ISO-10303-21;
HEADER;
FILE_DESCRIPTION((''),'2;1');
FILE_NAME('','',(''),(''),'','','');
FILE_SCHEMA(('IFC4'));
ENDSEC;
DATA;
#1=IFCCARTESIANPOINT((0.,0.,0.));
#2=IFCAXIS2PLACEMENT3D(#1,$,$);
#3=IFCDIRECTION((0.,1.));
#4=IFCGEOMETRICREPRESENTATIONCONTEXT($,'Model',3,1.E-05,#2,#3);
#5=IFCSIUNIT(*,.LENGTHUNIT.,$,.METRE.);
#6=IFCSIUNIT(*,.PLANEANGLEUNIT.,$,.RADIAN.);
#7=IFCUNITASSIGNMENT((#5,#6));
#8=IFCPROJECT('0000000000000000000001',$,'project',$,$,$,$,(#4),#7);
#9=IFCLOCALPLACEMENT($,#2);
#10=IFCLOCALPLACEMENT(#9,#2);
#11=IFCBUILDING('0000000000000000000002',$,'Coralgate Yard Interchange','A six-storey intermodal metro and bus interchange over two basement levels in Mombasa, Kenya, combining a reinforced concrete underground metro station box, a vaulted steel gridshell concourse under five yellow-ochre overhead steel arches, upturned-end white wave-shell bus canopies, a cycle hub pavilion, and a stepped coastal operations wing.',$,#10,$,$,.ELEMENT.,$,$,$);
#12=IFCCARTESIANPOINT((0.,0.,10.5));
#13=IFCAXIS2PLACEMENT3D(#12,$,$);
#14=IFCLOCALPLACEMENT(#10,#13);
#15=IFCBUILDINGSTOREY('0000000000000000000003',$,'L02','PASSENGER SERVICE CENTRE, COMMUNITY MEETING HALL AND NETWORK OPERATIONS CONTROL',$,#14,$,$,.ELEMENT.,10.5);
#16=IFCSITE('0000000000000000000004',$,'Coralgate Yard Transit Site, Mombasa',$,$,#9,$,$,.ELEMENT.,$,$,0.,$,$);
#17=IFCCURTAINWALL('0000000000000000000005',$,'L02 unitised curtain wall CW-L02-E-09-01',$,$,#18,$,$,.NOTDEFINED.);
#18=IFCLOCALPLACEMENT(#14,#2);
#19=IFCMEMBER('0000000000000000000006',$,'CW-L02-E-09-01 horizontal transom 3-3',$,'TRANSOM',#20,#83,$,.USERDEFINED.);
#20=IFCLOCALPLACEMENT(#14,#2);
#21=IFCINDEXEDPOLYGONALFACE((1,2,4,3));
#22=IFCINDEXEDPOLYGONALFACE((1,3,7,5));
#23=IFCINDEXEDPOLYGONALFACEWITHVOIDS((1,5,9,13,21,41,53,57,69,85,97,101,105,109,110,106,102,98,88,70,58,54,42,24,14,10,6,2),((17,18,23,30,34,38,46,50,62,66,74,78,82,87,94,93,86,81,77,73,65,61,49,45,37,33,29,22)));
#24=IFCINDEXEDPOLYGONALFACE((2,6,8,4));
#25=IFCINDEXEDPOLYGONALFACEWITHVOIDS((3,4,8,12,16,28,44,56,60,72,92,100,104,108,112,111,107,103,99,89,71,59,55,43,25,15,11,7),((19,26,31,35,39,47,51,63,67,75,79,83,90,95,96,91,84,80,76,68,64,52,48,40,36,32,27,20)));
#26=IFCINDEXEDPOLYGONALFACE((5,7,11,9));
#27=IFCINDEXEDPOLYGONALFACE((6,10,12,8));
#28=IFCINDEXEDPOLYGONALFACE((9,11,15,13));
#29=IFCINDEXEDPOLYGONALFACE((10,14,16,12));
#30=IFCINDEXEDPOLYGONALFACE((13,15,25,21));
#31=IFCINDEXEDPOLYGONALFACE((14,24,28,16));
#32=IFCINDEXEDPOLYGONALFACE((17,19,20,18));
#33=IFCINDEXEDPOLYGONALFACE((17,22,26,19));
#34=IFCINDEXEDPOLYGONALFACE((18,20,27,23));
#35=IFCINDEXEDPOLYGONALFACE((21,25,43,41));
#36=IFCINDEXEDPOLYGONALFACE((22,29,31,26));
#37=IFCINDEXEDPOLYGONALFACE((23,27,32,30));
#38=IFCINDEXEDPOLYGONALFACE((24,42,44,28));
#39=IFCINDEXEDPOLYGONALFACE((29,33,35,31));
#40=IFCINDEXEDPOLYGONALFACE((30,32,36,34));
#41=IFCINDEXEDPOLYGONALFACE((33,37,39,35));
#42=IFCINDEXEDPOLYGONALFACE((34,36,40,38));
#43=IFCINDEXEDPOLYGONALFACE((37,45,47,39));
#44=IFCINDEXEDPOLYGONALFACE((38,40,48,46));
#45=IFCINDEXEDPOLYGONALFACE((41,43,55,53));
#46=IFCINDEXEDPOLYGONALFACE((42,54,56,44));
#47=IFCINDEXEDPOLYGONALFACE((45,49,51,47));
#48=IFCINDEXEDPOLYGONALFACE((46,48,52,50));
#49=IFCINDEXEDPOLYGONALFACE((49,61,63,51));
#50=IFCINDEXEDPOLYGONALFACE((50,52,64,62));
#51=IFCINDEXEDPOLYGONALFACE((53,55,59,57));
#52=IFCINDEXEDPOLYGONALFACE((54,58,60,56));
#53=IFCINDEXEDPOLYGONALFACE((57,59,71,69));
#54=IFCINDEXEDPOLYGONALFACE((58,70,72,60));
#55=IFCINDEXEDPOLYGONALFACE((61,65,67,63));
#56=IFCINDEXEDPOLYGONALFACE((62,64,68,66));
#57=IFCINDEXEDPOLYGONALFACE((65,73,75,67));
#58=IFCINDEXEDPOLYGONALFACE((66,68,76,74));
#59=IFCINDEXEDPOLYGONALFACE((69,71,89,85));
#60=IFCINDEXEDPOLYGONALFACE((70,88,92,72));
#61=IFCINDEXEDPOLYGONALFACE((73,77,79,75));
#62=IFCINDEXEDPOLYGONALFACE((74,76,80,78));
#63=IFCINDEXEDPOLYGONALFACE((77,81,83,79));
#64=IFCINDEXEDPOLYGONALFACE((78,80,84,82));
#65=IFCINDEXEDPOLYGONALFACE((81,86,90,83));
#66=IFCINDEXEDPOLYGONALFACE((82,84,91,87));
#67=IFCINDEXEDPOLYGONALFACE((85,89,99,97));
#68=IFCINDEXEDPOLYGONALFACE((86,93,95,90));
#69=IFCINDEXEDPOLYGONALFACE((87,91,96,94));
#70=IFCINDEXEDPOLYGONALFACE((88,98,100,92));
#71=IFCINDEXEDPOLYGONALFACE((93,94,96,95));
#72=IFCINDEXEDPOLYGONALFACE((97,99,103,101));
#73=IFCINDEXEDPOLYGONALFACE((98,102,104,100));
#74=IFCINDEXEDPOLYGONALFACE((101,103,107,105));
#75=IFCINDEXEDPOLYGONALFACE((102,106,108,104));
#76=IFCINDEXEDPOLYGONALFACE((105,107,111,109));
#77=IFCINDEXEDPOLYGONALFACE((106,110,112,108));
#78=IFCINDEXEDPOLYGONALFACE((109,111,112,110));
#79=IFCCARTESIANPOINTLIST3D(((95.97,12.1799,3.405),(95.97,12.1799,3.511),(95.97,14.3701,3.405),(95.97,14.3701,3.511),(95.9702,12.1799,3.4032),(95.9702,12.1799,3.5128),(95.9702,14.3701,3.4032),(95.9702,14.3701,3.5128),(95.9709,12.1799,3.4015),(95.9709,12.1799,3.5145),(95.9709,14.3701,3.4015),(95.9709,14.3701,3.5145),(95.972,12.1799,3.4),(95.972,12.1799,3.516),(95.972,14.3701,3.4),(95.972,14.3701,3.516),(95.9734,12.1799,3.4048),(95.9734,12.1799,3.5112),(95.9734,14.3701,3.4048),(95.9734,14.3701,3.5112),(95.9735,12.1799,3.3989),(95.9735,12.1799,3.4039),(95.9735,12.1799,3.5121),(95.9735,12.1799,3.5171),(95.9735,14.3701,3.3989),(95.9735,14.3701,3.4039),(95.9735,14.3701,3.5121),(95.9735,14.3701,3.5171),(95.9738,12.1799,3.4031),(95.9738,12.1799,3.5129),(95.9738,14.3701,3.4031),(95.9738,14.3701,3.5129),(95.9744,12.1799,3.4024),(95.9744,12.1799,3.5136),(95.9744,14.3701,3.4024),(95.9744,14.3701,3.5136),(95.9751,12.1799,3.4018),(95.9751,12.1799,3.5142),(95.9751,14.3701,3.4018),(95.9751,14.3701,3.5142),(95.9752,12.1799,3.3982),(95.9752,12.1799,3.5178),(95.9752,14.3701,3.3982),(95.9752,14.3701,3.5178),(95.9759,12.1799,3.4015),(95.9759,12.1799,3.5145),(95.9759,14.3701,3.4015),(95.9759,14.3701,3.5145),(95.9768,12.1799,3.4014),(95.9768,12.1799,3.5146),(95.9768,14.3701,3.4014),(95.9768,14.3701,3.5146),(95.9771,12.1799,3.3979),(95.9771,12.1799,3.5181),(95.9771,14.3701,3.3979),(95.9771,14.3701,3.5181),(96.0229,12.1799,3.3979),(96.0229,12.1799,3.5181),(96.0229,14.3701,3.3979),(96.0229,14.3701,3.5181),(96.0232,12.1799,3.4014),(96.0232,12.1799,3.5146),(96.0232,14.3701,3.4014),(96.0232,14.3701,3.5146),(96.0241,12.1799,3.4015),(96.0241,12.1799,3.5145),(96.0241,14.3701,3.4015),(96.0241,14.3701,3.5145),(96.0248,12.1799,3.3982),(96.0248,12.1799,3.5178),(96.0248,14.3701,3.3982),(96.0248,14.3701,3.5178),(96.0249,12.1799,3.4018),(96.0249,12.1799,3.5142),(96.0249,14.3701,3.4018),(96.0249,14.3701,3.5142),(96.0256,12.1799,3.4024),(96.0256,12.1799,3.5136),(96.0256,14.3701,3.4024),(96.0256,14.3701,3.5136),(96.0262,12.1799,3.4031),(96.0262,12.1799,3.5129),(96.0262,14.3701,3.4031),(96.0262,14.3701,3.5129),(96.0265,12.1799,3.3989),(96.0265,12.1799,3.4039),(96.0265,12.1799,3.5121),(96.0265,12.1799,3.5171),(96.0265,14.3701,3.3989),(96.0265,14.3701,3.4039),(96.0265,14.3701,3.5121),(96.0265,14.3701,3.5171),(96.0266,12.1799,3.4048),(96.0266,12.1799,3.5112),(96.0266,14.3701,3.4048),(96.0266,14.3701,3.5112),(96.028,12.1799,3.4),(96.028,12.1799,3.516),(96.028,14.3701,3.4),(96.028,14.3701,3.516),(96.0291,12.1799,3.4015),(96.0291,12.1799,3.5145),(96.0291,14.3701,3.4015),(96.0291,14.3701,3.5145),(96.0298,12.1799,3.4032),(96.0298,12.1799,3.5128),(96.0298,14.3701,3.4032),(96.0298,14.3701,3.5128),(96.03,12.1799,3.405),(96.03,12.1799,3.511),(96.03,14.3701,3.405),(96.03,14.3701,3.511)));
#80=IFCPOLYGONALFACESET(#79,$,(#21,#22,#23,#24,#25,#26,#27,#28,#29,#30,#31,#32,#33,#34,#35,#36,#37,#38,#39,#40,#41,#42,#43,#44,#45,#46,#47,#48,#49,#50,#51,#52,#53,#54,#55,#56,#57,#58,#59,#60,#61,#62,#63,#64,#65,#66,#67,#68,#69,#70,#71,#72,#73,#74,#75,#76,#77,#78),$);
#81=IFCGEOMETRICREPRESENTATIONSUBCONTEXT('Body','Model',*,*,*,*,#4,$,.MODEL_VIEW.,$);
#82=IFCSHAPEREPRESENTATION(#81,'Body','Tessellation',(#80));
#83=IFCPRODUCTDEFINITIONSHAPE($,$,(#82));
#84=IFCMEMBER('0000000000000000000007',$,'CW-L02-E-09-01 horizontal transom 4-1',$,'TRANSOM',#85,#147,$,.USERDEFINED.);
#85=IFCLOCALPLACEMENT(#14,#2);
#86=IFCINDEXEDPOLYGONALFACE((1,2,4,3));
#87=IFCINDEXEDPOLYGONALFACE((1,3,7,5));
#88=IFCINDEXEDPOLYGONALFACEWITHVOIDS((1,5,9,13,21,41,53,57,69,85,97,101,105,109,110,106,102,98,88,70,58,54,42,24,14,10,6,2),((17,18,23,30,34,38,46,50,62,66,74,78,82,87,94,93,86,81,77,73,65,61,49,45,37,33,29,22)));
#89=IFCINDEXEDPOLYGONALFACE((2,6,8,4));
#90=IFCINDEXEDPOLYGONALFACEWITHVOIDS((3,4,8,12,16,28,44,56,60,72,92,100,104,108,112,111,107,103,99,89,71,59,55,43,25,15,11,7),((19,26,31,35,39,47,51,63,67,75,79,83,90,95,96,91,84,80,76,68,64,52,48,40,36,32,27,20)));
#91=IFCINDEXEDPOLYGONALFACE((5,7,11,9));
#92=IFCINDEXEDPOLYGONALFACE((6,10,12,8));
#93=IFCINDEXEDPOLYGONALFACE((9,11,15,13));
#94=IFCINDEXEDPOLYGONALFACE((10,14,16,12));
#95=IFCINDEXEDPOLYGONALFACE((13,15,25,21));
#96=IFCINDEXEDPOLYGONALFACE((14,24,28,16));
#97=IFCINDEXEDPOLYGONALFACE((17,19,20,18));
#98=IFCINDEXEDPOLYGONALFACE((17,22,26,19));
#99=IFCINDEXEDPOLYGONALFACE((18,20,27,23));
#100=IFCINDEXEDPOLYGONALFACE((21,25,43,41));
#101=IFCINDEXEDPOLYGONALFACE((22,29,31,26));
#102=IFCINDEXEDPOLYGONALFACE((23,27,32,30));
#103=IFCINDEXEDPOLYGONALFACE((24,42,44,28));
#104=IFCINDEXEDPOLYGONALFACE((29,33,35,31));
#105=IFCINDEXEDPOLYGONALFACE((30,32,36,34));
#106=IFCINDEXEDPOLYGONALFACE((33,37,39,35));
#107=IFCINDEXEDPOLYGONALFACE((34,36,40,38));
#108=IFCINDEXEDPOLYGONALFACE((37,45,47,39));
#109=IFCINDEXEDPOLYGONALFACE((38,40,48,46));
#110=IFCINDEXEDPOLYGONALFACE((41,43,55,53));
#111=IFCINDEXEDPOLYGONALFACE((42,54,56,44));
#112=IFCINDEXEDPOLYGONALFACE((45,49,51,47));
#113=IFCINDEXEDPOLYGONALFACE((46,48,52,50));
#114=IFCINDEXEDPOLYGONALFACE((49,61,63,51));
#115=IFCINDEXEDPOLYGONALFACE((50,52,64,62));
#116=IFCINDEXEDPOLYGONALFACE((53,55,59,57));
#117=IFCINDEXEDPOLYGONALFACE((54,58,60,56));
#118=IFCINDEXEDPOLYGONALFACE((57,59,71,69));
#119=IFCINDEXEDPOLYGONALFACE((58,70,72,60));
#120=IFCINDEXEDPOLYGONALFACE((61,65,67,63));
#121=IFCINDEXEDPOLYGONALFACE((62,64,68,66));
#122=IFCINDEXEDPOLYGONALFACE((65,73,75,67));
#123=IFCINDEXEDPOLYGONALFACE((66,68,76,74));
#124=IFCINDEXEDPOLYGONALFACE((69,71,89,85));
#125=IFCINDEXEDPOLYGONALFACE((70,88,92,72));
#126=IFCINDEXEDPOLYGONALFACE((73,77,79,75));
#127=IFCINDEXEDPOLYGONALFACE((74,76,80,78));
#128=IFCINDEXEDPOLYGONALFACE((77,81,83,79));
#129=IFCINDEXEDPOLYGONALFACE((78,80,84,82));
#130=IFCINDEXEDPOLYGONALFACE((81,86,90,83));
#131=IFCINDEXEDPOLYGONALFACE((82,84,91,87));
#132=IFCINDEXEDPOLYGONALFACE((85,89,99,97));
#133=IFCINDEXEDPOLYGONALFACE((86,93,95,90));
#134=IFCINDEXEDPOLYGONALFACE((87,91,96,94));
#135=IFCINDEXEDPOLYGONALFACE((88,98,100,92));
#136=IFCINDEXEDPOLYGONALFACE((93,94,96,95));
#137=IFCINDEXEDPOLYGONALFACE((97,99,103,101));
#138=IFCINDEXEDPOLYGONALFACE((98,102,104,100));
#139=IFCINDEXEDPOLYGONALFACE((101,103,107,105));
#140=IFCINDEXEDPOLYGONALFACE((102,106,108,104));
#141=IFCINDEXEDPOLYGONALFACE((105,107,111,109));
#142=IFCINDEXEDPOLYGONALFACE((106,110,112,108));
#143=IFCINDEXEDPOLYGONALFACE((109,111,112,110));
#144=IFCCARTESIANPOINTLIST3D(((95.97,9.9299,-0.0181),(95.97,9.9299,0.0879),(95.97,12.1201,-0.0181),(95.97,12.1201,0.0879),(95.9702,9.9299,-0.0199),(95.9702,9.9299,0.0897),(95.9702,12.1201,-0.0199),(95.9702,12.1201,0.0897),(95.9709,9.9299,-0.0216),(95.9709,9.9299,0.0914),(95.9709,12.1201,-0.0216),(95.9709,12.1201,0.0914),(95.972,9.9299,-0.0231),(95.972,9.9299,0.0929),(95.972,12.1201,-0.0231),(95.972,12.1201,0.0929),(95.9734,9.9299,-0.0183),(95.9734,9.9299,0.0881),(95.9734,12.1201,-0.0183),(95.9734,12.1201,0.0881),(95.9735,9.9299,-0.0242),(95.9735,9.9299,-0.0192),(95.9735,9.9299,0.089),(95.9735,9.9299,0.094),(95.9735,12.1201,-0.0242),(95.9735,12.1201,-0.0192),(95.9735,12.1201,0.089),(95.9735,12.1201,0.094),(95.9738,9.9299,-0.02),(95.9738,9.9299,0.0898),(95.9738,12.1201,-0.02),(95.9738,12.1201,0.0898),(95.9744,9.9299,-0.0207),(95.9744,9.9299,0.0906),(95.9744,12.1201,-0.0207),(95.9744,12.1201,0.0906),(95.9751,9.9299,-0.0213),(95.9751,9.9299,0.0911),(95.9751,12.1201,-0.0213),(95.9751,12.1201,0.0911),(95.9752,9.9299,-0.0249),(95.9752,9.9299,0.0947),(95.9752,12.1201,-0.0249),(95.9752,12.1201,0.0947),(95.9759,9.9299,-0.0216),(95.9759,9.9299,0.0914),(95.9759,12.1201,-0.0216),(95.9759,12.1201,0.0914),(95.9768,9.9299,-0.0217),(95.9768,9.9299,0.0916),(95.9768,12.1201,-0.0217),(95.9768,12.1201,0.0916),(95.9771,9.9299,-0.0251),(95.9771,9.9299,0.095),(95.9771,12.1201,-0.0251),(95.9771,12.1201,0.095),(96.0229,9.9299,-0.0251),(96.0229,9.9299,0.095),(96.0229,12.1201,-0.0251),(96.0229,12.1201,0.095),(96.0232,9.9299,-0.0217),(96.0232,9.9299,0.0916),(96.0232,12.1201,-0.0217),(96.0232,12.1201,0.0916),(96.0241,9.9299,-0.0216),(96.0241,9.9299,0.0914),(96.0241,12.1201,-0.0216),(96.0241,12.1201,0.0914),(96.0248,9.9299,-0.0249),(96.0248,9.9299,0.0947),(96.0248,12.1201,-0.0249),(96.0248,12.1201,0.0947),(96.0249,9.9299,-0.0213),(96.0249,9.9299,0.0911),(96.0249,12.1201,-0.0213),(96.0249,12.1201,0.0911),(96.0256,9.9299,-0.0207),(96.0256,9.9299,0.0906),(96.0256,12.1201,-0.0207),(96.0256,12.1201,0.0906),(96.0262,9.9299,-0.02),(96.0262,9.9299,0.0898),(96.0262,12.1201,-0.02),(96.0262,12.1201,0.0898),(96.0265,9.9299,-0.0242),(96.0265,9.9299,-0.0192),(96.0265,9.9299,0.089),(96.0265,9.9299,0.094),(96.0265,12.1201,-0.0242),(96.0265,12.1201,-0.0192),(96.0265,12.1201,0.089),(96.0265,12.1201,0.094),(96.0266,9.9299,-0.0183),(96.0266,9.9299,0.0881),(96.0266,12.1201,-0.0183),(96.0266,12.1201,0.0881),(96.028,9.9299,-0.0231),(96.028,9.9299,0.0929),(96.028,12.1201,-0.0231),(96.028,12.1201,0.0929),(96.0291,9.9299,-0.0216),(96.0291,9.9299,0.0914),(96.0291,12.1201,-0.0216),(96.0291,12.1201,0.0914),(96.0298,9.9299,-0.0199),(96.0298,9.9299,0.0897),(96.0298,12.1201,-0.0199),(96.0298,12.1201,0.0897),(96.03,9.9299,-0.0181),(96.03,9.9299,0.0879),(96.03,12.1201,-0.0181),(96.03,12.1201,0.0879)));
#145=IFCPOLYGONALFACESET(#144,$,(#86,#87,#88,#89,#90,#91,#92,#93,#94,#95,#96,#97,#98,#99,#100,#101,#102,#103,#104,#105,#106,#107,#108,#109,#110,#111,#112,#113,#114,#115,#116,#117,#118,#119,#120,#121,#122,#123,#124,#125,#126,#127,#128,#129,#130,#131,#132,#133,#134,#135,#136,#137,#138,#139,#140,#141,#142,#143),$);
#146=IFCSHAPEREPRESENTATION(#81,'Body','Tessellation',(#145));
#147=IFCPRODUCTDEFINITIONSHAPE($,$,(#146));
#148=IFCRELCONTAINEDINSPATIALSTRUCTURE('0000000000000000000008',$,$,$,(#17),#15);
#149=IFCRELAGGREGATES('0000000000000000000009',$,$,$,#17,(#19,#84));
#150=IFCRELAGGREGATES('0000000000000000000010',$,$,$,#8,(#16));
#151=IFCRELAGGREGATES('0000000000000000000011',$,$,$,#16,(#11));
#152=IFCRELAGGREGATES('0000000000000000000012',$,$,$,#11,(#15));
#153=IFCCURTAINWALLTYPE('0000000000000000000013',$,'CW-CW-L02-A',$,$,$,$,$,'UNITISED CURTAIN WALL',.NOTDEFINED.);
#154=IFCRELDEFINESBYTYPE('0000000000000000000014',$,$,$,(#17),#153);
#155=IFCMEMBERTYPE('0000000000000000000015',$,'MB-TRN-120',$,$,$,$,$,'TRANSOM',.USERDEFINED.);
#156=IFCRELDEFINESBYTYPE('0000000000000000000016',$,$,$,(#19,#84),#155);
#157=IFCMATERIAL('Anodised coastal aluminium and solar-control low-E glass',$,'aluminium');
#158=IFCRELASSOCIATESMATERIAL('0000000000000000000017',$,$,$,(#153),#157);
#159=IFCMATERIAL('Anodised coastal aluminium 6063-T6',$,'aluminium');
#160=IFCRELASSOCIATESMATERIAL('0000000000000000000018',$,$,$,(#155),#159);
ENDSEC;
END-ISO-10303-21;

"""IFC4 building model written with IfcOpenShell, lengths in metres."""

from ifc_helpers import new_model, si_unit, direction, frame, origin, origin_2d, place, context, subcontext, project, spatial, hollow_rectangle, extrude, material, material_profile, profile_set, type_object, element, aggregate, save


model = new_model("IFC4")

# Units and contexts
model_context = context("Model", 3, precision=1e-05, world=origin(), true_north=direction((0.0, 1.0)))
body_context = subcontext(model_context, "Body", "Model", "MODEL_VIEW")
ifc_project = project(units=[si_unit("LENGTHUNIT", "METRE"), si_unit("PLANEANGLEUNIT", "RADIAN")], contexts=[model_context])

# Site, building, storey
site_placement = place(None, origin())
site = spatial("IfcSite", under=ifc_project, at=site_placement, Name="Coralgate Yard Transit Site, Mombasa", CompositionType="ELEMENT", RefElevation=0.0)
building_placement = place(site_placement, origin())
building = spatial("IfcBuilding", under=site, at=building_placement, Name="Coralgate Yard Interchange", Description="A six-storey intermodal metro and bus interchange over two basement levels in Mombasa, Kenya, combining a reinforced concrete underground metro station box, a vaulted steel gridshell concourse under five yellow-ochre overhead steel arches, upturned-end white wave-shell bus canopies, a cycle hub pavilion, and a stepped coastal operations wing.", CompositionType="ELEMENT")
storey_placement = place(building_placement, frame((0.0, 0.0, 10.5)))
storey = spatial("IfcBuildingStorey", under=building, at=storey_placement, Name="L02", Description="PASSENGER SERVICE CENTRE, COMMUNITY MEETING HALL AND NETWORK OPERATIONS CONTROL", CompositionType="ELEMENT", Elevation=10.5)

# Shared definitions
ifc_material_1 = material(Name="Anodised coastal aluminium and solar-control low-E glass", Category="aluminium")
curtain_wall_type = type_object("IfcCurtainWallType", Name="CW-CW-L02-A", ElementType="UNITISED CURTAIN WALL", PredefinedType="NOTDEFINED", material=ifc_material_1)
ifc_material_2 = material(Name="Anodised coastal aluminium 6063-T6", Category="aluminium")

# Curtain wall
curtain_wall_1_placement = place(storey_placement, origin())
curtain_wall_1 = element("IfcCurtainWall", 1, at=curtain_wall_1_placement, inside=storey, type_object=curtain_wall_type, Name="L02 unitised curtain wall CW-L02-E-09-01", PredefinedType="NOTDEFINED")

# Members
ifc_material_profile_1 = material_profile(ifc_material_2, hollow_rectangle(XDim=0.0601, YDim=0.1201, WallThickness=0.0034, InnerFilletRadius=0.0034, OuterFilletRadius=0.0071, at=origin_2d()), Name="ALU 60x120x3.5")
ifc_profile_set_1 = profile_set([ifc_material_profile_1], Name="Anodised coastal aluminium 6063-T6")
member_type_1 = type_object("IfcMemberType", Name="MB-TRN-120", ElementType="TRANSOM", PredefinedType="USERDEFINED", material=ifc_profile_set_1)
member_1_placement = place(storey_placement, frame((96.0, 14.3701, 3.458), z_axis=(0.0, -1.0, 0.0), x_axis=(1.0, 0.0, 0.0)))
member_1 = element("IfcMember", 2, at=member_1_placement, type_object=member_type_1, Name="CW-L02-E-09-01 horizontal transom 3-3", ObjectType="TRANSOM", PredefinedType="USERDEFINED", context=body_context, shape_type="SweptSolid", body=[
    extrude(hollow_rectangle(XDim=0.0601, YDim=0.1201, WallThickness=0.0034, InnerFilletRadius=0.0034, OuterFilletRadius=0.0071, at=origin_2d()), origin(), (0.0, 0.0, 1.0), 2.1902),
])
member_2_placement = place(storey_placement, frame((96.0, 12.1201, 0.0349), z_axis=(0.0, -1.0, 0.0), x_axis=(1.0, 0.0, 0.0)))
member_2 = element("IfcMember", 3, at=member_2_placement, type_object=member_type_1, Name="CW-L02-E-09-01 horizontal transom 4-1", ObjectType="TRANSOM", PredefinedType="USERDEFINED", context=body_context, shape_type="SweptSolid", body=[
    extrude(hollow_rectangle(XDim=0.0601, YDim=0.1201, WallThickness=0.0034, InnerFilletRadius=0.0034, OuterFilletRadius=0.0071, at=origin_2d()), origin(), (0.0, 0.0, 1.0), 2.1902),
])

aggregate(curtain_wall_1, [member_1, member_2])

save(model, "model.ifc")
